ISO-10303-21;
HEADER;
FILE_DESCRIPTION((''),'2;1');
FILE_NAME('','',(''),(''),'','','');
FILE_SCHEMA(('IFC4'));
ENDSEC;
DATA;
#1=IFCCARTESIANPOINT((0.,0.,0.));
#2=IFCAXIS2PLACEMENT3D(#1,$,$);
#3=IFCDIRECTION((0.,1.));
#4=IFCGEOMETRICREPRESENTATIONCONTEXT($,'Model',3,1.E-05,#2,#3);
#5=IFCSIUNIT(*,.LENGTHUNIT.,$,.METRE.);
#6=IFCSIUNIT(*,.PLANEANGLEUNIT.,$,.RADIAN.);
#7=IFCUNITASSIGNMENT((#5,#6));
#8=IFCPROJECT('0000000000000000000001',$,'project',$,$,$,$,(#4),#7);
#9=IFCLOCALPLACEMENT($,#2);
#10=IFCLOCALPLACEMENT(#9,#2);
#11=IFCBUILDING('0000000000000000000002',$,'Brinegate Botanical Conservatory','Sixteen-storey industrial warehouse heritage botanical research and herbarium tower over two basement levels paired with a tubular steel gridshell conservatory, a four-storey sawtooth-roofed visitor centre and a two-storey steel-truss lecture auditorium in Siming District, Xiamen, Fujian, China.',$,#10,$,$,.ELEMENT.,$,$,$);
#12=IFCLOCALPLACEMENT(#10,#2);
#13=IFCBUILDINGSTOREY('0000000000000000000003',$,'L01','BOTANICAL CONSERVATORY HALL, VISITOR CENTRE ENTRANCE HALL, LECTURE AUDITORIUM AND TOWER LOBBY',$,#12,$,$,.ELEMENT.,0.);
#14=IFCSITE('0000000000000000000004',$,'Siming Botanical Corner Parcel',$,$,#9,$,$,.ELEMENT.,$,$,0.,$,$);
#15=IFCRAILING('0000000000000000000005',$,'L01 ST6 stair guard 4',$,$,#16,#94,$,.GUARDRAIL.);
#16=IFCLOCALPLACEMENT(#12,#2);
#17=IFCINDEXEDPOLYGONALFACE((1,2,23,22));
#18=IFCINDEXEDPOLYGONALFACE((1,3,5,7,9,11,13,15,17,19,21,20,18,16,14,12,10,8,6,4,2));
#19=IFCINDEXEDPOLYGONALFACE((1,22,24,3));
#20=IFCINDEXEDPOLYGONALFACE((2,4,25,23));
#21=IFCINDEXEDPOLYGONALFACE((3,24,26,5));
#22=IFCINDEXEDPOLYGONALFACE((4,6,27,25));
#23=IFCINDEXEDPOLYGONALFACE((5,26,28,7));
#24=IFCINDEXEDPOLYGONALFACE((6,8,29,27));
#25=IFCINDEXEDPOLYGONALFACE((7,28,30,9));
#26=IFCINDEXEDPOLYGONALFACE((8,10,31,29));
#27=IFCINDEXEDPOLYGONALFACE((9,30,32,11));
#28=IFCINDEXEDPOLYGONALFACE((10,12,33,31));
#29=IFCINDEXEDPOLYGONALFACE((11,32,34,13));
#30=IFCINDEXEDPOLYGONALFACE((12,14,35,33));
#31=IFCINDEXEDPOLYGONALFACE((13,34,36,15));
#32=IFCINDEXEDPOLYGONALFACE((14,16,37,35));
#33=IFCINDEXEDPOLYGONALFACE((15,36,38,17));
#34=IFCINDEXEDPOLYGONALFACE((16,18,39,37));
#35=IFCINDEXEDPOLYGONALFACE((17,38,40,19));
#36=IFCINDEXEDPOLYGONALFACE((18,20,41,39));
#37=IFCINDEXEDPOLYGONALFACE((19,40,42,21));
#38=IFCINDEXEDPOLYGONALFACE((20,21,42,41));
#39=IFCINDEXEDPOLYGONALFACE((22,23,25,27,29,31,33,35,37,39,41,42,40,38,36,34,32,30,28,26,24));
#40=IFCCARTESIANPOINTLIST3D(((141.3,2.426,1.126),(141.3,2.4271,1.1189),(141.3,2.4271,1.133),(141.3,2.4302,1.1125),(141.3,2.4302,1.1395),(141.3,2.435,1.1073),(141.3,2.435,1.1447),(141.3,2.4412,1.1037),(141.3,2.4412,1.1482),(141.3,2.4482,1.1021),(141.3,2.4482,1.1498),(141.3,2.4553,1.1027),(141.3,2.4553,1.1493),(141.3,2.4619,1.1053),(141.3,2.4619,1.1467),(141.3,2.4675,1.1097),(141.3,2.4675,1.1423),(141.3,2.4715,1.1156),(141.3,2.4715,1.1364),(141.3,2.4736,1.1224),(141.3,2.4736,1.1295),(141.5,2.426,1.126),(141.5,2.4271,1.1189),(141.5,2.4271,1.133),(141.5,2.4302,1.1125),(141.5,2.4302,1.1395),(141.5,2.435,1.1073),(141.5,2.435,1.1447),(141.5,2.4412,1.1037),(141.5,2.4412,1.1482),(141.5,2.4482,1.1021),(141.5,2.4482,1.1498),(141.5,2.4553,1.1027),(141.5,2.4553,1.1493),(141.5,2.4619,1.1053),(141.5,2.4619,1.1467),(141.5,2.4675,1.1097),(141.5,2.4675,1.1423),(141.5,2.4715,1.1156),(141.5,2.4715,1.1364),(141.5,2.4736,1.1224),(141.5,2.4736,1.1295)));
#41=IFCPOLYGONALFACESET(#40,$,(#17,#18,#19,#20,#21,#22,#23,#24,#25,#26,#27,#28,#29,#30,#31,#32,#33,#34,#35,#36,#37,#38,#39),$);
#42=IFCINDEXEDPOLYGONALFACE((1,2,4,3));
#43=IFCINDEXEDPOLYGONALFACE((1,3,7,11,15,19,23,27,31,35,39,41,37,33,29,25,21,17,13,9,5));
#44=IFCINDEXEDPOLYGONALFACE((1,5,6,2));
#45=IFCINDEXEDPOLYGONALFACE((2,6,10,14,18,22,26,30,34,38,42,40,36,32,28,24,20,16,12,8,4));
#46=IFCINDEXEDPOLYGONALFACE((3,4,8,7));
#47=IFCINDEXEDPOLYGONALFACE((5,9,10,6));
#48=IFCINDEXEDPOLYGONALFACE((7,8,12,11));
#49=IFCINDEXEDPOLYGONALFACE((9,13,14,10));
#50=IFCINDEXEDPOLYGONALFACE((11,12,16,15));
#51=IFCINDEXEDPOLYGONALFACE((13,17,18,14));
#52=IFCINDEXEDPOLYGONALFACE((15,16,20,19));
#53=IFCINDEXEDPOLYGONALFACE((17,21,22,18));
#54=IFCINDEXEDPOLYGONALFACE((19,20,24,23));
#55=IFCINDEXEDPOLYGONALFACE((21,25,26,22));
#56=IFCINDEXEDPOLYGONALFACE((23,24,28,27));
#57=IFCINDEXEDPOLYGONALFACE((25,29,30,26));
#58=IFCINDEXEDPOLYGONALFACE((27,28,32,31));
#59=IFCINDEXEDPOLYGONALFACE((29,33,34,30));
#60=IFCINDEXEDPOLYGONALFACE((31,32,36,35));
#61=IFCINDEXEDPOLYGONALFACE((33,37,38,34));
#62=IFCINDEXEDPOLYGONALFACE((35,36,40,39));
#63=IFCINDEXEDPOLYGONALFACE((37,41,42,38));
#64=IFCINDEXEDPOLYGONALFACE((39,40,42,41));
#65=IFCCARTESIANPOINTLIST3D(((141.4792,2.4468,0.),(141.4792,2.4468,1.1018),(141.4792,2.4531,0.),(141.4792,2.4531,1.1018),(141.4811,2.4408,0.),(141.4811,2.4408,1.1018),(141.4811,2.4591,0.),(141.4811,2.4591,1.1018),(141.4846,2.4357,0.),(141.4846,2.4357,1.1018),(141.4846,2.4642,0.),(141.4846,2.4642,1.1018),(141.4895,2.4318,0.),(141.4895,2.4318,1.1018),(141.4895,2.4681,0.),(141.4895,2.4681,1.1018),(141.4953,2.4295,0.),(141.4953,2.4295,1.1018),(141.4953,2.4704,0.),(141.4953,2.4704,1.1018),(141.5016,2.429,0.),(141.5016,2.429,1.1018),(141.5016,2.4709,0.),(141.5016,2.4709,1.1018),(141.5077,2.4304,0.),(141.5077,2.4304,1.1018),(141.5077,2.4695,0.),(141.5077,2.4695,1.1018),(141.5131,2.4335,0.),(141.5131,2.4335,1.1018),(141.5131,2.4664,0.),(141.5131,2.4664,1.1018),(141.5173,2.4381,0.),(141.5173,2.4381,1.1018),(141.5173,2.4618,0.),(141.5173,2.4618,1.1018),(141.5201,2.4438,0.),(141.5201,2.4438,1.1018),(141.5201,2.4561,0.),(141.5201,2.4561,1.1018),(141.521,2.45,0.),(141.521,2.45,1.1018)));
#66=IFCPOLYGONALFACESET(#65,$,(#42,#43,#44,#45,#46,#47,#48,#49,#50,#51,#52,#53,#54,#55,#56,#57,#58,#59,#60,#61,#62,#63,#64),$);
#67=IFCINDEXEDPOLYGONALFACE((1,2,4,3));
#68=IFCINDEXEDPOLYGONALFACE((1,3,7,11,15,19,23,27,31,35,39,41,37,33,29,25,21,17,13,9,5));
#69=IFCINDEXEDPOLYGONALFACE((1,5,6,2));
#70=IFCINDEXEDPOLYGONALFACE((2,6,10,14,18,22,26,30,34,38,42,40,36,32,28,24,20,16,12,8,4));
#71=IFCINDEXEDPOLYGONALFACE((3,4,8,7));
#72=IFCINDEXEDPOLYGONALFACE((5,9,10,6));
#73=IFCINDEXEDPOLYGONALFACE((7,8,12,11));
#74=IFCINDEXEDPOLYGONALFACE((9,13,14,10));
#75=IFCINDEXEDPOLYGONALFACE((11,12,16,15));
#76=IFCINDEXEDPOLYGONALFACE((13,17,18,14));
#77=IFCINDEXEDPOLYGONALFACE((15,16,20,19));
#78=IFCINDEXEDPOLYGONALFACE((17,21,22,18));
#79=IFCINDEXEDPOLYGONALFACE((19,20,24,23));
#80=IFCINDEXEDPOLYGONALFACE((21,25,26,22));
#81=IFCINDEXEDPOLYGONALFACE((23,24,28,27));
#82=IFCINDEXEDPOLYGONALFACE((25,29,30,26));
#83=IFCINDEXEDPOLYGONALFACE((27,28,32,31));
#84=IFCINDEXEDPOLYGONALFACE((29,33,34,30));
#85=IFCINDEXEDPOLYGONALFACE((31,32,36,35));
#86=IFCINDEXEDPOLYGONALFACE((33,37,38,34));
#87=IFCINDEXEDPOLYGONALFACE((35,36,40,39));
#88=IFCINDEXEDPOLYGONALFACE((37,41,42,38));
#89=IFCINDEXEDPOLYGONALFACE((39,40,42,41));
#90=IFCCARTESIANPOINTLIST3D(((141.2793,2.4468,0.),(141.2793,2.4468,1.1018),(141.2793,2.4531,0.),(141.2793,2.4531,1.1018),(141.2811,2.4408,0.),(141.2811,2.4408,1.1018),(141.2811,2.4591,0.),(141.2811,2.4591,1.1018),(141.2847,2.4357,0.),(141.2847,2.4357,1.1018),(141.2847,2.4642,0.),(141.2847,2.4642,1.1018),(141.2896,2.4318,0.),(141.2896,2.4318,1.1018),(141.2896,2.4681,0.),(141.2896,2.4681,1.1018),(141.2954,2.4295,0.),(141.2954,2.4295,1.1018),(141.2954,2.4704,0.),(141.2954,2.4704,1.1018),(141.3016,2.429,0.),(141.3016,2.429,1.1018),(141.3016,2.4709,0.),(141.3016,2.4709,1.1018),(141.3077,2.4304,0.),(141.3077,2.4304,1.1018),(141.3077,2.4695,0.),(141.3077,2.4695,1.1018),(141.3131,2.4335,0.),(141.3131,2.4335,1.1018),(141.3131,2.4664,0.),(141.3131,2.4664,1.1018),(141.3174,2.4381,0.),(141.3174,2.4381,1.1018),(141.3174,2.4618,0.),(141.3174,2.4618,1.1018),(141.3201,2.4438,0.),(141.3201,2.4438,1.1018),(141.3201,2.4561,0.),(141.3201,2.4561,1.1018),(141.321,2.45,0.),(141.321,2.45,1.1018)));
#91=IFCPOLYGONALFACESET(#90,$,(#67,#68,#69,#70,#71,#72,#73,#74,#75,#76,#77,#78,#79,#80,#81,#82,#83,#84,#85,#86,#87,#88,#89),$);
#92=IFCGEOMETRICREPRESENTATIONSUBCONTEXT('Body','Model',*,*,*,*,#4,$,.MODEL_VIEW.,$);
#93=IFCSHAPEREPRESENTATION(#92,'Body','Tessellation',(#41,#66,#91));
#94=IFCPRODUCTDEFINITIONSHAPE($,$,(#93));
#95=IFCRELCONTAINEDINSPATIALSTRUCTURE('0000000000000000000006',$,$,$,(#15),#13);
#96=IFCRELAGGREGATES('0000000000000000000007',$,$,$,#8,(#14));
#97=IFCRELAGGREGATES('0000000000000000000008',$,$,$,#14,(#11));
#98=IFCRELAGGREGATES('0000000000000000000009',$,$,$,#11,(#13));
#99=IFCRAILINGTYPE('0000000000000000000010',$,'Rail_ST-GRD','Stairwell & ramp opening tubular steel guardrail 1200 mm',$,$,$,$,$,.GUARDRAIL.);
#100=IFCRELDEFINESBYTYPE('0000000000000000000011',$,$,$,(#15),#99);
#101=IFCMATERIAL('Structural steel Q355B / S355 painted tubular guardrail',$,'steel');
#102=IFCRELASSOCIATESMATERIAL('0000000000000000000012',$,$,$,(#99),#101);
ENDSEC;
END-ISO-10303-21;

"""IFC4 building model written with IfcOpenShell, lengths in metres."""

from ifc_helpers import new_model, si_unit, direction, frame, origin, origin_2d, place, context, subcontext, project, spatial, circle, extrude, material, type_object, element, save


model = new_model("IFC4")

# Units and contexts
model_context = context("Model", 3, precision=1e-05, world=origin(), true_north=direction((0.0, 1.0)))
body_context = subcontext(model_context, "Body", "Model", "MODEL_VIEW")
ifc_project = project(units=[si_unit("LENGTHUNIT", "METRE"), si_unit("PLANEANGLEUNIT", "RADIAN")], contexts=[model_context])

# Site, building, storey
site_placement = place(None, origin())
site = spatial("IfcSite", under=ifc_project, at=site_placement, Name="Siming Botanical Corner Parcel", CompositionType="ELEMENT", RefElevation=0.0)
building_placement = place(site_placement, origin())
building = spatial("IfcBuilding", under=site, at=building_placement, Name="Brinegate Botanical Conservatory", Description="Sixteen-storey industrial warehouse heritage botanical research and herbarium tower over two basement levels paired with a tubular steel gridshell conservatory, a four-storey sawtooth-roofed visitor centre and a two-storey steel-truss lecture auditorium in Siming District, Xiamen, Fujian, China.", CompositionType="ELEMENT")
storey_placement = place(building_placement, origin())
storey = spatial("IfcBuildingStorey", under=building, at=storey_placement, Name="L01", Description="BOTANICAL CONSERVATORY HALL, VISITOR CENTRE ENTRANCE HALL, LECTURE AUDITORIUM AND TOWER LOBBY", CompositionType="ELEMENT", Elevation=0.0)

# Railing
ifc_material_1 = material(Name="Structural steel Q355B / S355 painted tubular guardrail", Category="steel")
railing_type_1 = type_object("IfcRailingType", Name="Rail_ST-GRD", Description="Stairwell & ramp opening tubular steel guardrail 1200 mm", PredefinedType="GUARDRAIL", material=ifc_material_1)
railing_1_placement = place(storey_placement, frame((141.5, 2.45, 0.0)))
element("IfcRailing", 1, at=railing_1_placement, inside=storey, type_object=railing_type_1, Name="L01 ST6 stair guard 4", PredefinedType="GUARDRAIL", context=body_context, shape_type="SweptSolid", body=[
    extrude(circle(Radius=0.0239, at=origin_2d()), frame((0.0, 0.0, 1.126), z_axis=(-1.0, 0.0, 0.0), x_axis=(0.0, -1.0, 0.0)), (0.0, 0.0, 1.0), 0.2),
    extrude(circle(Radius=0.021, at=origin_2d()), origin(), (0.0, 0.0, 1.0), 1.1018),
    extrude(circle(Radius=0.021, at=origin_2d()), frame((-0.2, 0.0, 0.0)), (0.0, 0.0, 1.0), 1.1018),
])

save(model, "model.ifc")
